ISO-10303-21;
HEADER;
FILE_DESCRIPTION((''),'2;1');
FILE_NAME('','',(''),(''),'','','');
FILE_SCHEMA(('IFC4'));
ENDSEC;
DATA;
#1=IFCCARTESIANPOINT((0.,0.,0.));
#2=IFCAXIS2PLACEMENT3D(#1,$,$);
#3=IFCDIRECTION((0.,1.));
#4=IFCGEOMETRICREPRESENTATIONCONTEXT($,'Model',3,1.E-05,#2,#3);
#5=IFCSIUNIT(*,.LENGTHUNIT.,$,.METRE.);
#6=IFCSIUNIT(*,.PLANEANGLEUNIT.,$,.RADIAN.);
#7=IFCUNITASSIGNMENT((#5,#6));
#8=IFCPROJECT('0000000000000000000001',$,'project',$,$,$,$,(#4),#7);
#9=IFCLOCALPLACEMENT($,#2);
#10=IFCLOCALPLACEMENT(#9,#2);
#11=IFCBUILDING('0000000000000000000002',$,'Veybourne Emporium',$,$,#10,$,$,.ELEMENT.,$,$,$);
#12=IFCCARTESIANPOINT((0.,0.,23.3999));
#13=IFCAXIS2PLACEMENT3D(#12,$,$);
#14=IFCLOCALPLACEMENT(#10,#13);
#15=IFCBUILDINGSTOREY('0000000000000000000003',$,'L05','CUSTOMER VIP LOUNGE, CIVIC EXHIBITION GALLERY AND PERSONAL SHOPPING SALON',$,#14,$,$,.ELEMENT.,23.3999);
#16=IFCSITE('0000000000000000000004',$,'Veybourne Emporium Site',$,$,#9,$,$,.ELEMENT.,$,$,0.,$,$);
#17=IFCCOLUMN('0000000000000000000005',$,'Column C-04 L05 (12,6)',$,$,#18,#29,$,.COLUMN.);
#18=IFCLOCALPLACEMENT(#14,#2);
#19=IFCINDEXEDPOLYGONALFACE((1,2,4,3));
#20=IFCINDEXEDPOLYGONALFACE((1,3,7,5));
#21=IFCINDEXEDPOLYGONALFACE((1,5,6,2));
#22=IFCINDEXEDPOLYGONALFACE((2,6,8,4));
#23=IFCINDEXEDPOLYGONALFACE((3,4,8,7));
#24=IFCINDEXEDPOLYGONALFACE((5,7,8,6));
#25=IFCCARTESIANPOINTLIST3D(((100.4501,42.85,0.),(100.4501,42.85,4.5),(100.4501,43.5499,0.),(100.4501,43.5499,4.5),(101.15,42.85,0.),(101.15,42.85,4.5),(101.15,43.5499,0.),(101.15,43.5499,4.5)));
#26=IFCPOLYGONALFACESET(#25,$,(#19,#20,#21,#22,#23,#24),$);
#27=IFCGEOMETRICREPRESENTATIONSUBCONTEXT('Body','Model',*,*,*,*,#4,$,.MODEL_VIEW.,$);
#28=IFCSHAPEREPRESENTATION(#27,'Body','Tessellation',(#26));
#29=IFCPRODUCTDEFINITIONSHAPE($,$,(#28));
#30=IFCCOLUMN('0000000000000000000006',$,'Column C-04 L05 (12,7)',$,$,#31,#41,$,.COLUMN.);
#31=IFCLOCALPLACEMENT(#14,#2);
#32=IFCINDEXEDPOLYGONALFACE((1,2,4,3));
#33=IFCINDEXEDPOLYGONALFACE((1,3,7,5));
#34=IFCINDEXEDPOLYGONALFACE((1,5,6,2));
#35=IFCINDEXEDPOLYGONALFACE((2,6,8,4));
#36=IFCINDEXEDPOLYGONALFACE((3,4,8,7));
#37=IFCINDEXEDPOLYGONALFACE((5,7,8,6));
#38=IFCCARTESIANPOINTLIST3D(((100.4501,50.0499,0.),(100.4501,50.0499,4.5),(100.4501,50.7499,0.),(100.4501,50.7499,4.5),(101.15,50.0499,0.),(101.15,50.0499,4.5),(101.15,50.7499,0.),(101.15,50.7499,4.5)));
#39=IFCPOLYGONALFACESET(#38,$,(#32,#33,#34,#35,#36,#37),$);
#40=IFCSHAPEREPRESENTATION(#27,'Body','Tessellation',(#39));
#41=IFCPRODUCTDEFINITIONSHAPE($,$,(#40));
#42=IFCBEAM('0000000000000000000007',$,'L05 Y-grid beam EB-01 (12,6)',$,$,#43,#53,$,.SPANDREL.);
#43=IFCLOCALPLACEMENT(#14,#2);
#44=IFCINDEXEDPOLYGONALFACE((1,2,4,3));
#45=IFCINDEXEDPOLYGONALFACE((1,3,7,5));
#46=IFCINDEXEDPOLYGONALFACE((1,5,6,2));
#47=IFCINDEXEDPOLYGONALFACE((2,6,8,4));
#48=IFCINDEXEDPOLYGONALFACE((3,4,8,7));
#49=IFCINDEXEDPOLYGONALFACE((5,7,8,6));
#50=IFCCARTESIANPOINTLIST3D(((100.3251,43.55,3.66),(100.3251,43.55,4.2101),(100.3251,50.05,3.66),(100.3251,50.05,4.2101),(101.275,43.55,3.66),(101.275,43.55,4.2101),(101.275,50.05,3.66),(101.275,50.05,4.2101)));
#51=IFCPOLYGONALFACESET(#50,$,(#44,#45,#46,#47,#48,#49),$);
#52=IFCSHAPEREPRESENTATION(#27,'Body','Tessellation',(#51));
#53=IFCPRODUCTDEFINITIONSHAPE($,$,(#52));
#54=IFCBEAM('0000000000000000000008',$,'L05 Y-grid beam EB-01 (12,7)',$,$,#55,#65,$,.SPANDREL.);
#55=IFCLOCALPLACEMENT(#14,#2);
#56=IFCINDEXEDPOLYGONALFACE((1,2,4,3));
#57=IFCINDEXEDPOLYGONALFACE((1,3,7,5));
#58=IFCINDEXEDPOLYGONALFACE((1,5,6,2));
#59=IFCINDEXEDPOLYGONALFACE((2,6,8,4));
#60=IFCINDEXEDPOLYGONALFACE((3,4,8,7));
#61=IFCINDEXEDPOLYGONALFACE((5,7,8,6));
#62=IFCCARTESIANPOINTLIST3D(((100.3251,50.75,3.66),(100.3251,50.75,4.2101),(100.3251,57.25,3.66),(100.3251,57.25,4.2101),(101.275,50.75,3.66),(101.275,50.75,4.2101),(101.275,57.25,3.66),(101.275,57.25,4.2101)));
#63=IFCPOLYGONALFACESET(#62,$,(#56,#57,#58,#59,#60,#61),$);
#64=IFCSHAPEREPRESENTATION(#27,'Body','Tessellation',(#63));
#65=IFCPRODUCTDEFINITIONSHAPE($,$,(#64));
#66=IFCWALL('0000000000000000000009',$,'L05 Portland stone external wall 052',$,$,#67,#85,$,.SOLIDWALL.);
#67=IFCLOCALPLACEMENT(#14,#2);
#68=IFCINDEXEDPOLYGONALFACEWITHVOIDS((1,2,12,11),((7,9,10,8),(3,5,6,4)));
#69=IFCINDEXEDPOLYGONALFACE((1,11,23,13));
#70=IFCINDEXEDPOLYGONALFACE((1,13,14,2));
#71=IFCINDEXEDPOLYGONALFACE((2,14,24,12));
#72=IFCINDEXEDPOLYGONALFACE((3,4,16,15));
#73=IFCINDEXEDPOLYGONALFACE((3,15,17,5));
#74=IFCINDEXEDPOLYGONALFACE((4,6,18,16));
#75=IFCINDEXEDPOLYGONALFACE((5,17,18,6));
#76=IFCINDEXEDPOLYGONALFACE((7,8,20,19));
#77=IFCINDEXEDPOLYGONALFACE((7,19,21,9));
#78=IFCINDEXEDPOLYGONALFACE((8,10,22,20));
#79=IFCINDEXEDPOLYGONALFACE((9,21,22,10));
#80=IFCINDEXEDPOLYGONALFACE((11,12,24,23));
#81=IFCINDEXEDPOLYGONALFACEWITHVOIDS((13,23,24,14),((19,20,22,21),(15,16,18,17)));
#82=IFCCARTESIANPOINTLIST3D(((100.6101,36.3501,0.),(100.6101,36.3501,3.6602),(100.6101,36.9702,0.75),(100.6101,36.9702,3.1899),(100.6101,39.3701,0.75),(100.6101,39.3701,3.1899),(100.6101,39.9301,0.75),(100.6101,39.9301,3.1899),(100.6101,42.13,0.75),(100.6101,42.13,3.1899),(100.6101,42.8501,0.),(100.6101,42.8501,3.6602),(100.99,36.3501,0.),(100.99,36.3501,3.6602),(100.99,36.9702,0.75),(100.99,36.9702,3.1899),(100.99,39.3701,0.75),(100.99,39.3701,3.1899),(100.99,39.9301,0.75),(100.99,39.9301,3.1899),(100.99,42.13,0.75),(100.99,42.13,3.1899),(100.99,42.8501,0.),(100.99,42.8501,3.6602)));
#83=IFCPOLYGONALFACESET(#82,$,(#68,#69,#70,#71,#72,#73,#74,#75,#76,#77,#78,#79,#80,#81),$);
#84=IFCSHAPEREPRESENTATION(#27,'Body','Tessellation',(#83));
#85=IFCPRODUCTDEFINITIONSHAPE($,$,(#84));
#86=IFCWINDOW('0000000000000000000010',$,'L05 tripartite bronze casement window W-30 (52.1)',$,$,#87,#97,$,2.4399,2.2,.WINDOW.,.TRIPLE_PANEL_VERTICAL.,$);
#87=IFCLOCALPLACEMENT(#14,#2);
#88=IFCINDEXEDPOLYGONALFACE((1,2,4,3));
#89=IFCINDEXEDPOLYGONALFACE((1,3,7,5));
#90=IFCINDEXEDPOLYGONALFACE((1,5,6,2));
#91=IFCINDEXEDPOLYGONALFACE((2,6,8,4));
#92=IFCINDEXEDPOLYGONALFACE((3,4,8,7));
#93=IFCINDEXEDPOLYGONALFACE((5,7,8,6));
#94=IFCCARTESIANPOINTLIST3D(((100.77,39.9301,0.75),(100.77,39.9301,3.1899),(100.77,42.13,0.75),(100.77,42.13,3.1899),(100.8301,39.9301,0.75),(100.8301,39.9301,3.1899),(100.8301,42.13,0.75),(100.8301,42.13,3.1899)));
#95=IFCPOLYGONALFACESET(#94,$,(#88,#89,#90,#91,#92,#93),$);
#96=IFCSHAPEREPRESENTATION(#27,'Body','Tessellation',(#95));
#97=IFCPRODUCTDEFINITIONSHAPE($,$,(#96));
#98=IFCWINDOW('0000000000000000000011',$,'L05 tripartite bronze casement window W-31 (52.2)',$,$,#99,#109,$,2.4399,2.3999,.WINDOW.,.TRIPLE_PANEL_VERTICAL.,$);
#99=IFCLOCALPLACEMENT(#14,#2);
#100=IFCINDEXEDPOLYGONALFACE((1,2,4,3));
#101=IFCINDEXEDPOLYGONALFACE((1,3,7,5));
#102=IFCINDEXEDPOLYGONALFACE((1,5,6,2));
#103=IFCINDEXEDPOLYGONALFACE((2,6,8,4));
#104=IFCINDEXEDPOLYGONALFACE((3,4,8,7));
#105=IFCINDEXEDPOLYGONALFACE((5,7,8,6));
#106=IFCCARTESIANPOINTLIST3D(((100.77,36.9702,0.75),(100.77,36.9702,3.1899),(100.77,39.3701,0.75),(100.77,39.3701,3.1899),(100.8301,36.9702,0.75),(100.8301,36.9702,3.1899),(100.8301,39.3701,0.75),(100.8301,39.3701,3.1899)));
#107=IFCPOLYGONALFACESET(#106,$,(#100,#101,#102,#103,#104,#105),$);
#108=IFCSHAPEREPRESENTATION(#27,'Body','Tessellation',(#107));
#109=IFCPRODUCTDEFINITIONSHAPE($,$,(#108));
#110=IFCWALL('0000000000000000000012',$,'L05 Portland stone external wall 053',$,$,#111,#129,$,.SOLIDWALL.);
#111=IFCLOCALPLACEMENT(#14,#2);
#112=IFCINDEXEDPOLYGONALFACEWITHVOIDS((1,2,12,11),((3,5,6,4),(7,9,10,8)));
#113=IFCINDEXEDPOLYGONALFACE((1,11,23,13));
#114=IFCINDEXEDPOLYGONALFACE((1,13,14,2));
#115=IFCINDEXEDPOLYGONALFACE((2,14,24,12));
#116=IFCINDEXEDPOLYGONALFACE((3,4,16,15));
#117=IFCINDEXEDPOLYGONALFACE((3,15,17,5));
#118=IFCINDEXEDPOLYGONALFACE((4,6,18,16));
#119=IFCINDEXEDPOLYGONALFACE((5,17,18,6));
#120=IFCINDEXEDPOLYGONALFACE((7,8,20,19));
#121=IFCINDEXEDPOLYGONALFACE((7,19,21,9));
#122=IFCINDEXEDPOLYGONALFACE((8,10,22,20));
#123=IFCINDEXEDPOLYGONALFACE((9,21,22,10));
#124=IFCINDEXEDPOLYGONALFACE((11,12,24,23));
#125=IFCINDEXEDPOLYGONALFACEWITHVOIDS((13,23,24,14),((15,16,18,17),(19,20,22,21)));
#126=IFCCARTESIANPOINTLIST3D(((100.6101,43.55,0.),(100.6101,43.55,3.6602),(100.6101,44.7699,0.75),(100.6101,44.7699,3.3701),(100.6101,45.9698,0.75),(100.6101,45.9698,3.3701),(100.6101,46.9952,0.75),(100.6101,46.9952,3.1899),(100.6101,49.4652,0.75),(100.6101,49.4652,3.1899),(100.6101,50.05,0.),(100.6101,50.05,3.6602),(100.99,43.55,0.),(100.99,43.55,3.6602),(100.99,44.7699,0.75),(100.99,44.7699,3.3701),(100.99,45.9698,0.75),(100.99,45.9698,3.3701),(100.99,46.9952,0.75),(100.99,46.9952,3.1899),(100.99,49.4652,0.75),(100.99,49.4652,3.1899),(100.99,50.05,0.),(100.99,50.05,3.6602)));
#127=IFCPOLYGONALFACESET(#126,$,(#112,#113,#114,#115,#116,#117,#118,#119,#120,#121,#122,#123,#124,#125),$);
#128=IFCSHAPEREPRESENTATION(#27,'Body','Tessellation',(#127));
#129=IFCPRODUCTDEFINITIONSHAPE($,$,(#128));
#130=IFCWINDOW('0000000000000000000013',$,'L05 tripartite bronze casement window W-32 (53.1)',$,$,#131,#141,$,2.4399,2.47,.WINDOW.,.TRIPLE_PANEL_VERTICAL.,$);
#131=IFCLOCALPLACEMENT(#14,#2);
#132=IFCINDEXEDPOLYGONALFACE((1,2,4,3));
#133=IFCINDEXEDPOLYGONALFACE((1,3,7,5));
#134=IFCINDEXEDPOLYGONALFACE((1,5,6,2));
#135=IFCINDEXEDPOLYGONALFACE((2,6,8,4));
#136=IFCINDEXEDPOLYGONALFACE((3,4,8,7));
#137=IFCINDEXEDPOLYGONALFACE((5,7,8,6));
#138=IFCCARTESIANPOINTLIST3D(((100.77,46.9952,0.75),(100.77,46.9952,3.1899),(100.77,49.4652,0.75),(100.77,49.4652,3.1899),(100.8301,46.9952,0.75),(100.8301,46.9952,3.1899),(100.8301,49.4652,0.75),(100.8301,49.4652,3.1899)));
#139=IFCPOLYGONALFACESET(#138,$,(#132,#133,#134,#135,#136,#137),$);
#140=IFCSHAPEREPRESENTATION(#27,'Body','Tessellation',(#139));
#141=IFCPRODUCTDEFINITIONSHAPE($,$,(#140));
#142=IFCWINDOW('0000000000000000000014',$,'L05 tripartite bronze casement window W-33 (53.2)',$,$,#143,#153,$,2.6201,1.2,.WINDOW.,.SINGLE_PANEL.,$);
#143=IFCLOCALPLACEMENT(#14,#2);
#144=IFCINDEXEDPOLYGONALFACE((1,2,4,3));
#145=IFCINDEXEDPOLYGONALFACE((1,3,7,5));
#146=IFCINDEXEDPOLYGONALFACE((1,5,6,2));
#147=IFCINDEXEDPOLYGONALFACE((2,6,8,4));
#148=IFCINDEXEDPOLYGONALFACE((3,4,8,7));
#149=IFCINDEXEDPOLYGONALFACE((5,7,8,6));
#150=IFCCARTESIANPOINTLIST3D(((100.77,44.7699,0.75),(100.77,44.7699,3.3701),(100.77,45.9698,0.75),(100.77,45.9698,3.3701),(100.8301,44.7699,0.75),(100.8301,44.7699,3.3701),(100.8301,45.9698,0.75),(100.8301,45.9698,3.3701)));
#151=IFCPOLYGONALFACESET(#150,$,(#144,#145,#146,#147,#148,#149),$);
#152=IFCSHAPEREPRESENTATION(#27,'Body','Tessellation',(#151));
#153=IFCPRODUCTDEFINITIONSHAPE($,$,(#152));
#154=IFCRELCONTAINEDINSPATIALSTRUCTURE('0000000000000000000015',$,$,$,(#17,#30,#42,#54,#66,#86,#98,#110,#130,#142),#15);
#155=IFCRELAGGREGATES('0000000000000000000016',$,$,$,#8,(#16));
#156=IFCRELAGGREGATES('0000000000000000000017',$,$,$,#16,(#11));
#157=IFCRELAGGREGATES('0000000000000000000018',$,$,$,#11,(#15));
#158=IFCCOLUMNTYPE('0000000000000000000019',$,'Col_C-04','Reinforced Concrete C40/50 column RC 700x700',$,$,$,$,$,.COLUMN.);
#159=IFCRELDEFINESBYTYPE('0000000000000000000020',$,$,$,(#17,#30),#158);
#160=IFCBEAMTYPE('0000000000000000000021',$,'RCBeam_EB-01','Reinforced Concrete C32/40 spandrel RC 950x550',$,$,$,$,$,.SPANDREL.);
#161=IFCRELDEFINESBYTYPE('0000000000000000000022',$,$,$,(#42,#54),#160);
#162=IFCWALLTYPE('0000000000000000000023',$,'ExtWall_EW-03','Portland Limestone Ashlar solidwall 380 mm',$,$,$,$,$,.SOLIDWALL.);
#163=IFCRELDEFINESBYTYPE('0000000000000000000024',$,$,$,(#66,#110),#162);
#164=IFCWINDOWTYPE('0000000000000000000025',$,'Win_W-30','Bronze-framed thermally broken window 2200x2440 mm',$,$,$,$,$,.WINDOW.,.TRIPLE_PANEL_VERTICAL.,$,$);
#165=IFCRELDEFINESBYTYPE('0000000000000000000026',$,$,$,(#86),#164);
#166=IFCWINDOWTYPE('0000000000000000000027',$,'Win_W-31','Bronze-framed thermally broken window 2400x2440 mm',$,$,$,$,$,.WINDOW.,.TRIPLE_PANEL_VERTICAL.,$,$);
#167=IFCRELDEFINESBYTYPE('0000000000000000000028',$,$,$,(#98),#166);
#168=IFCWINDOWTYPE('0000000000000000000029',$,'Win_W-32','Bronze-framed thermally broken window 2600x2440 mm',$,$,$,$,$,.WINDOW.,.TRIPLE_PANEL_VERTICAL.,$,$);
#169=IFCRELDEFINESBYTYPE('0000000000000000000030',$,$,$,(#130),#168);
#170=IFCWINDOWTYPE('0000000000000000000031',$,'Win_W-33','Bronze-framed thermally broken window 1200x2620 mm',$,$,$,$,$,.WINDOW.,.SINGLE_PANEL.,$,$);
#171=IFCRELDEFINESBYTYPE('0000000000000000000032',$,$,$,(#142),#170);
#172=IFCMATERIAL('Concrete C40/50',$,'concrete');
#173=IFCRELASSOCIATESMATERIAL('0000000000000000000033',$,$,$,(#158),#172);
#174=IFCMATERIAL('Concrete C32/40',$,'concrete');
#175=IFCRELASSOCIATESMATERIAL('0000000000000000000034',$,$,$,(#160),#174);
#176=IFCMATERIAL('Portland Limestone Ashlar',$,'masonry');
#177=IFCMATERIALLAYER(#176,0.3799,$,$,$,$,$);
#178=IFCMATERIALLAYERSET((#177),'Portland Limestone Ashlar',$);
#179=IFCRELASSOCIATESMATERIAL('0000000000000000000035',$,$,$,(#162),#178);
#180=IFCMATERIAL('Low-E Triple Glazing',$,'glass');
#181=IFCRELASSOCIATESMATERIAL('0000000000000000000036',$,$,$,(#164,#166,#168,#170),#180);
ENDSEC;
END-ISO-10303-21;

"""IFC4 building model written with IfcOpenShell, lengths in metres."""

from ifc_helpers import new_model, si_unit, direction, frame, frame_2d, origin, origin_2d, place, context, subcontext, project, spatial, rectangle, extrude, material, layer, layer_set, material_profile, profile_set, type_object, element, fill, save


model = new_model("IFC4")

# Units and contexts
model_context = context("Model", 3, precision=1e-05, world=origin(), true_north=direction((0.0, 1.0)))
body_context = subcontext(model_context, "Body", "Model", "MODEL_VIEW")
ifc_project = project(units=[si_unit("LENGTHUNIT", "METRE"), si_unit("PLANEANGLEUNIT", "RADIAN")], contexts=[model_context])

# Site, building, storey
site_placement = place(None, origin())
site = spatial("IfcSite", under=ifc_project, at=site_placement, Name="Veybourne Emporium Site", CompositionType="ELEMENT", RefElevation=0.0)
building_placement = place(site_placement, origin())
building = spatial("IfcBuilding", under=site, at=building_placement, Name="Veybourne Emporium", CompositionType="ELEMENT")
storey_placement = place(building_placement, frame((0.0, 0.0, 23.3999)))
storey = spatial("IfcBuildingStorey", under=building, at=storey_placement, Name="L05", Description="CUSTOMER VIP LOUNGE, CIVIC EXHIBITION GALLERY AND PERSONAL SHOPPING SALON", CompositionType="ELEMENT", Elevation=23.3999)

# Columns
ifc_material_1 = material(Name="Concrete C40/50", Category="concrete")
ifc_material_profile_1 = material_profile(ifc_material_1, rectangle(XDim=0.7, YDim=0.7, at=origin_2d()), Name="RC 700x700")
ifc_profile_set_1 = profile_set([ifc_material_profile_1], Name="Concrete C40/50")
column_type = type_object("IfcColumnType", Name="Col_C-04", Description="Reinforced Concrete C40/50 column RC 700x700", PredefinedType="COLUMN", material=ifc_profile_set_1)
for number, where, z_axis, x_axis, name in (
    (1, (100.8, 43.2, 0.0), (0.0, 0.0, 1.0), (1.0, 0.0, 0.0), "Column C-04 L05 (12,6)"),
    (2, (100.8, 50.3999, 0.0), (0.0, 0.0, 1.0), (1.0, 0.0, 0.0), "Column C-04 L05 (12,7)"),
):
    element("IfcColumn", number, at=place(storey_placement, frame(where, z_axis=z_axis, x_axis=x_axis)), inside=storey, type_object=column_type, Name=name, PredefinedType="COLUMN", context=body_context, shape_type="SweptSolid", body=[
        extrude(rectangle(XDim=0.7, YDim=0.7, at=origin_2d()), origin(), (0.0, 0.0, 1.0), 4.5),
    ])

# Beams
ifc_material_2 = material(Name="Concrete C32/40", Category="concrete")
ifc_material_profile_2 = material_profile(ifc_material_2, rectangle(XDim=0.95, YDim=0.55, at=origin_2d()), Name="RC 950x550")
ifc_profile_set_2 = profile_set([ifc_material_profile_2], Name="Concrete C32/40")
beam_type = type_object("IfcBeamType", Name="RCBeam_EB-01", Description="Reinforced Concrete C32/40 spandrel RC 950x550", PredefinedType="SPANDREL", material=ifc_profile_set_2)
for number, where, z_axis, x_axis, name in (
    (3, (100.8, 43.55, 3.9351), (0.0, 1.0, 0.0), (-1.0, 0.0, 0.0), "L05 Y-grid beam EB-01 (12,6)"),
    (4, (100.8, 50.75, 3.9351), (0.0, 1.0, 0.0), (-1.0, 0.0, 0.0), "L05 Y-grid beam EB-01 (12,7)"),
):
    element("IfcBeam", number, at=place(storey_placement, frame(where, z_axis=z_axis, x_axis=x_axis)), inside=storey, type_object=beam_type, Name=name, PredefinedType="SPANDREL", context=body_context, shape_type="SweptSolid", body=[
        extrude(rectangle(XDim=0.95, YDim=0.55, at=origin_2d()), origin(), (0.0, 0.0, 1.0), 6.5),
    ])

# Walls, openings, windows
ifc_material_3 = material(Name="Portland Limestone Ashlar", Category="masonry")
ifc_layer_1 = layer(ifc_material_3, 0.3799)
ifc_layer_set_1 = layer_set([ifc_layer_1], Name="Portland Limestone Ashlar")
wall_type = type_object("IfcWallType", Name="ExtWall_EW-03", Description="Portland Limestone Ashlar solidwall 380 mm", PredefinedType="SOLIDWALL", material=ifc_layer_set_1)
wall_1_placement = place(storey_placement, frame((100.8, 42.8501, 0.0), z_axis=(0.0, 0.0, 1.0), x_axis=(0.0, -1.0, 0.0)))
wall_1 = element("IfcWall", 5, at=wall_1_placement, inside=storey, type_object=wall_type, Name="L05 Portland stone external wall 052", PredefinedType="SOLIDWALL", context=body_context, shape_type="SweptSolid", body=[
    extrude(rectangle(XDim=6.5, YDim=0.3799, at=frame_2d((3.25, 0.0))), origin(), (0.0, 0.0, 1.0), 3.6602),
])
opening_1_placement = place(wall_1_placement, frame((0.72, 0.0, 0.75)))
opening_1 = element("IfcOpeningElement", 6, at=opening_1_placement, cuts=wall_1, PredefinedType="OPENING", context=body_context, shape_type="SweptSolid", body=[
    extrude(rectangle(XDim=2.2, YDim=2.4399, at=frame_2d((1.1001, 1.22))), frame((0.0, 0.21, 0.0), z_axis=(0.0, -1.0, 0.0), x_axis=(1.0, 0.0, 0.0)), (0.0, 0.0, 1.0), 0.4199),
])
opening_2_placement = place(wall_1_placement, frame((3.48, 0.0, 0.75)))
opening_2 = element("IfcOpeningElement", 7, at=opening_2_placement, cuts=wall_1, PredefinedType="OPENING", context=body_context, shape_type="SweptSolid", body=[
    extrude(rectangle(XDim=2.3999, YDim=2.4399, at=frame_2d((1.2, 1.22))), frame((0.0, 0.21, 0.0), z_axis=(0.0, -1.0, 0.0), x_axis=(1.0, 0.0, 0.0)), (0.0, 0.0, 1.0), 0.4199),
])
ifc_material_4 = material(Name="Low-E Triple Glazing", Category="glass")
window_type_1 = type_object("IfcWindowType", Name="Win_W-30", Description="Bronze-framed thermally broken window 2200x2440 mm", PartitioningType="TRIPLE_PANEL_VERTICAL", PredefinedType="WINDOW", material=ifc_material_4)
window_1_placement = place(opening_1_placement, origin())
window_1 = element("IfcWindow", 8, at=window_1_placement, inside=storey, type_object=window_type_1, Name="L05 tripartite bronze casement window W-30 (52.1)", OverallHeight=2.4399, OverallWidth=2.2, PartitioningType="TRIPLE_PANEL_VERTICAL", PredefinedType="WINDOW", context=body_context, shape_type="SweptSolid", body=[
    extrude(rectangle(XDim=2.2, YDim=2.4399, at=frame_2d((1.1001, 1.22))), frame((0.0, 0.03, 0.0), z_axis=(0.0, -1.0, 0.0), x_axis=(1.0, 0.0, 0.0)), (0.0, 0.0, 1.0), 0.0601),
])
fill(opening_1, window_1)
window_type_2 = type_object("IfcWindowType", Name="Win_W-31", Description="Bronze-framed thermally broken window 2400x2440 mm", PartitioningType="TRIPLE_PANEL_VERTICAL", PredefinedType="WINDOW", material=ifc_material_4)
window_2_placement = place(opening_2_placement, origin())
window_2 = element("IfcWindow", 9, at=window_2_placement, inside=storey, type_object=window_type_2, Name="L05 tripartite bronze casement window W-31 (52.2)", OverallHeight=2.4399, OverallWidth=2.3999, PartitioningType="TRIPLE_PANEL_VERTICAL", PredefinedType="WINDOW", context=body_context, shape_type="SweptSolid", body=[
    extrude(rectangle(XDim=2.3999, YDim=2.4399, at=frame_2d((1.2, 1.22))), frame((0.0, 0.03, 0.0), z_axis=(0.0, -1.0, 0.0), x_axis=(1.0, 0.0, 0.0)), (0.0, 0.0, 1.0), 0.0601),
])
fill(opening_2, window_2)
wall_2_placement = place(storey_placement, frame((100.8, 50.05, 0.0), z_axis=(0.0, 0.0, 1.0), x_axis=(0.0, -1.0, 0.0)))
wall_2 = element("IfcWall", 10, at=wall_2_placement, inside=storey, type_object=wall_type, Name="L05 Portland stone external wall 053", PredefinedType="SOLIDWALL", context=body_context, shape_type="SweptSolid", body=[
    extrude(rectangle(XDim=6.5, YDim=0.3799, at=frame_2d((3.25, 0.0))), origin(), (0.0, 0.0, 1.0), 3.6602),
])
opening_3_placement = place(wall_2_placement, frame((0.585, 0.0, 0.75)))
opening_3 = element("IfcOpeningElement", 11, at=opening_3_placement, cuts=wall_2, PredefinedType="OPENING", context=body_context, shape_type="SweptSolid", body=[
    extrude(rectangle(XDim=2.47, YDim=2.4399, at=frame_2d((1.2349, 1.22))), frame((0.0, 0.21, 0.0), z_axis=(0.0, -1.0, 0.0), x_axis=(1.0, 0.0, 0.0)), (0.0, 0.0, 1.0), 0.4199),
])
opening_4_placement = place(wall_2_placement, frame((4.0801, 0.0, 0.75)))
opening_4 = element("IfcOpeningElement", 12, at=opening_4_placement, cuts=wall_2, PredefinedType="OPENING", context=body_context, shape_type="SweptSolid", body=[
    extrude(rectangle(XDim=1.2, YDim=2.6201, at=frame_2d((0.6001, 1.3101))), frame((0.0, 0.21, 0.0), z_axis=(0.0, -1.0, 0.0), x_axis=(1.0, 0.0, 0.0)), (0.0, 0.0, 1.0), 0.4199),
])
window_type_3 = type_object("IfcWindowType", Name="Win_W-32", Description="Bronze-framed thermally broken window 2600x2440 mm", PartitioningType="TRIPLE_PANEL_VERTICAL", PredefinedType="WINDOW", material=ifc_material_4)
window_3_placement = place(opening_3_placement, origin())
window_3 = element("IfcWindow", 13, at=window_3_placement, inside=storey, type_object=window_type_3, Name="L05 tripartite bronze casement window W-32 (53.1)", OverallHeight=2.4399, OverallWidth=2.47, PartitioningType="TRIPLE_PANEL_VERTICAL", PredefinedType="WINDOW", context=body_context, shape_type="SweptSolid", body=[
    extrude(rectangle(XDim=2.47, YDim=2.4399, at=frame_2d((1.2349, 1.22))), frame((0.0, 0.03, 0.0), z_axis=(0.0, -1.0, 0.0), x_axis=(1.0, 0.0, 0.0)), (0.0, 0.0, 1.0), 0.0601),
])
fill(opening_3, window_3)
window_type_4 = type_object("IfcWindowType", Name="Win_W-33", Description="Bronze-framed thermally broken window 1200x2620 mm", PartitioningType="SINGLE_PANEL", PredefinedType="WINDOW", material=ifc_material_4)
window_4_placement = place(opening_4_placement, origin())
window_4 = element("IfcWindow", 14, at=window_4_placement, inside=storey, type_object=window_type_4, Name="L05 tripartite bronze casement window W-33 (53.2)", OverallHeight=2.6201, OverallWidth=1.2, PartitioningType="SINGLE_PANEL", PredefinedType="WINDOW", context=body_context, shape_type="SweptSolid", body=[
    extrude(rectangle(XDim=1.2, YDim=2.6201, at=frame_2d((0.6001, 1.3101))), frame((0.0, 0.03, 0.0), z_axis=(0.0, -1.0, 0.0), x_axis=(1.0, 0.0, 0.0)), (0.0, 0.0, 1.0), 0.0601),
])
fill(opening_4, window_4)

save(model, "model.ifc")
